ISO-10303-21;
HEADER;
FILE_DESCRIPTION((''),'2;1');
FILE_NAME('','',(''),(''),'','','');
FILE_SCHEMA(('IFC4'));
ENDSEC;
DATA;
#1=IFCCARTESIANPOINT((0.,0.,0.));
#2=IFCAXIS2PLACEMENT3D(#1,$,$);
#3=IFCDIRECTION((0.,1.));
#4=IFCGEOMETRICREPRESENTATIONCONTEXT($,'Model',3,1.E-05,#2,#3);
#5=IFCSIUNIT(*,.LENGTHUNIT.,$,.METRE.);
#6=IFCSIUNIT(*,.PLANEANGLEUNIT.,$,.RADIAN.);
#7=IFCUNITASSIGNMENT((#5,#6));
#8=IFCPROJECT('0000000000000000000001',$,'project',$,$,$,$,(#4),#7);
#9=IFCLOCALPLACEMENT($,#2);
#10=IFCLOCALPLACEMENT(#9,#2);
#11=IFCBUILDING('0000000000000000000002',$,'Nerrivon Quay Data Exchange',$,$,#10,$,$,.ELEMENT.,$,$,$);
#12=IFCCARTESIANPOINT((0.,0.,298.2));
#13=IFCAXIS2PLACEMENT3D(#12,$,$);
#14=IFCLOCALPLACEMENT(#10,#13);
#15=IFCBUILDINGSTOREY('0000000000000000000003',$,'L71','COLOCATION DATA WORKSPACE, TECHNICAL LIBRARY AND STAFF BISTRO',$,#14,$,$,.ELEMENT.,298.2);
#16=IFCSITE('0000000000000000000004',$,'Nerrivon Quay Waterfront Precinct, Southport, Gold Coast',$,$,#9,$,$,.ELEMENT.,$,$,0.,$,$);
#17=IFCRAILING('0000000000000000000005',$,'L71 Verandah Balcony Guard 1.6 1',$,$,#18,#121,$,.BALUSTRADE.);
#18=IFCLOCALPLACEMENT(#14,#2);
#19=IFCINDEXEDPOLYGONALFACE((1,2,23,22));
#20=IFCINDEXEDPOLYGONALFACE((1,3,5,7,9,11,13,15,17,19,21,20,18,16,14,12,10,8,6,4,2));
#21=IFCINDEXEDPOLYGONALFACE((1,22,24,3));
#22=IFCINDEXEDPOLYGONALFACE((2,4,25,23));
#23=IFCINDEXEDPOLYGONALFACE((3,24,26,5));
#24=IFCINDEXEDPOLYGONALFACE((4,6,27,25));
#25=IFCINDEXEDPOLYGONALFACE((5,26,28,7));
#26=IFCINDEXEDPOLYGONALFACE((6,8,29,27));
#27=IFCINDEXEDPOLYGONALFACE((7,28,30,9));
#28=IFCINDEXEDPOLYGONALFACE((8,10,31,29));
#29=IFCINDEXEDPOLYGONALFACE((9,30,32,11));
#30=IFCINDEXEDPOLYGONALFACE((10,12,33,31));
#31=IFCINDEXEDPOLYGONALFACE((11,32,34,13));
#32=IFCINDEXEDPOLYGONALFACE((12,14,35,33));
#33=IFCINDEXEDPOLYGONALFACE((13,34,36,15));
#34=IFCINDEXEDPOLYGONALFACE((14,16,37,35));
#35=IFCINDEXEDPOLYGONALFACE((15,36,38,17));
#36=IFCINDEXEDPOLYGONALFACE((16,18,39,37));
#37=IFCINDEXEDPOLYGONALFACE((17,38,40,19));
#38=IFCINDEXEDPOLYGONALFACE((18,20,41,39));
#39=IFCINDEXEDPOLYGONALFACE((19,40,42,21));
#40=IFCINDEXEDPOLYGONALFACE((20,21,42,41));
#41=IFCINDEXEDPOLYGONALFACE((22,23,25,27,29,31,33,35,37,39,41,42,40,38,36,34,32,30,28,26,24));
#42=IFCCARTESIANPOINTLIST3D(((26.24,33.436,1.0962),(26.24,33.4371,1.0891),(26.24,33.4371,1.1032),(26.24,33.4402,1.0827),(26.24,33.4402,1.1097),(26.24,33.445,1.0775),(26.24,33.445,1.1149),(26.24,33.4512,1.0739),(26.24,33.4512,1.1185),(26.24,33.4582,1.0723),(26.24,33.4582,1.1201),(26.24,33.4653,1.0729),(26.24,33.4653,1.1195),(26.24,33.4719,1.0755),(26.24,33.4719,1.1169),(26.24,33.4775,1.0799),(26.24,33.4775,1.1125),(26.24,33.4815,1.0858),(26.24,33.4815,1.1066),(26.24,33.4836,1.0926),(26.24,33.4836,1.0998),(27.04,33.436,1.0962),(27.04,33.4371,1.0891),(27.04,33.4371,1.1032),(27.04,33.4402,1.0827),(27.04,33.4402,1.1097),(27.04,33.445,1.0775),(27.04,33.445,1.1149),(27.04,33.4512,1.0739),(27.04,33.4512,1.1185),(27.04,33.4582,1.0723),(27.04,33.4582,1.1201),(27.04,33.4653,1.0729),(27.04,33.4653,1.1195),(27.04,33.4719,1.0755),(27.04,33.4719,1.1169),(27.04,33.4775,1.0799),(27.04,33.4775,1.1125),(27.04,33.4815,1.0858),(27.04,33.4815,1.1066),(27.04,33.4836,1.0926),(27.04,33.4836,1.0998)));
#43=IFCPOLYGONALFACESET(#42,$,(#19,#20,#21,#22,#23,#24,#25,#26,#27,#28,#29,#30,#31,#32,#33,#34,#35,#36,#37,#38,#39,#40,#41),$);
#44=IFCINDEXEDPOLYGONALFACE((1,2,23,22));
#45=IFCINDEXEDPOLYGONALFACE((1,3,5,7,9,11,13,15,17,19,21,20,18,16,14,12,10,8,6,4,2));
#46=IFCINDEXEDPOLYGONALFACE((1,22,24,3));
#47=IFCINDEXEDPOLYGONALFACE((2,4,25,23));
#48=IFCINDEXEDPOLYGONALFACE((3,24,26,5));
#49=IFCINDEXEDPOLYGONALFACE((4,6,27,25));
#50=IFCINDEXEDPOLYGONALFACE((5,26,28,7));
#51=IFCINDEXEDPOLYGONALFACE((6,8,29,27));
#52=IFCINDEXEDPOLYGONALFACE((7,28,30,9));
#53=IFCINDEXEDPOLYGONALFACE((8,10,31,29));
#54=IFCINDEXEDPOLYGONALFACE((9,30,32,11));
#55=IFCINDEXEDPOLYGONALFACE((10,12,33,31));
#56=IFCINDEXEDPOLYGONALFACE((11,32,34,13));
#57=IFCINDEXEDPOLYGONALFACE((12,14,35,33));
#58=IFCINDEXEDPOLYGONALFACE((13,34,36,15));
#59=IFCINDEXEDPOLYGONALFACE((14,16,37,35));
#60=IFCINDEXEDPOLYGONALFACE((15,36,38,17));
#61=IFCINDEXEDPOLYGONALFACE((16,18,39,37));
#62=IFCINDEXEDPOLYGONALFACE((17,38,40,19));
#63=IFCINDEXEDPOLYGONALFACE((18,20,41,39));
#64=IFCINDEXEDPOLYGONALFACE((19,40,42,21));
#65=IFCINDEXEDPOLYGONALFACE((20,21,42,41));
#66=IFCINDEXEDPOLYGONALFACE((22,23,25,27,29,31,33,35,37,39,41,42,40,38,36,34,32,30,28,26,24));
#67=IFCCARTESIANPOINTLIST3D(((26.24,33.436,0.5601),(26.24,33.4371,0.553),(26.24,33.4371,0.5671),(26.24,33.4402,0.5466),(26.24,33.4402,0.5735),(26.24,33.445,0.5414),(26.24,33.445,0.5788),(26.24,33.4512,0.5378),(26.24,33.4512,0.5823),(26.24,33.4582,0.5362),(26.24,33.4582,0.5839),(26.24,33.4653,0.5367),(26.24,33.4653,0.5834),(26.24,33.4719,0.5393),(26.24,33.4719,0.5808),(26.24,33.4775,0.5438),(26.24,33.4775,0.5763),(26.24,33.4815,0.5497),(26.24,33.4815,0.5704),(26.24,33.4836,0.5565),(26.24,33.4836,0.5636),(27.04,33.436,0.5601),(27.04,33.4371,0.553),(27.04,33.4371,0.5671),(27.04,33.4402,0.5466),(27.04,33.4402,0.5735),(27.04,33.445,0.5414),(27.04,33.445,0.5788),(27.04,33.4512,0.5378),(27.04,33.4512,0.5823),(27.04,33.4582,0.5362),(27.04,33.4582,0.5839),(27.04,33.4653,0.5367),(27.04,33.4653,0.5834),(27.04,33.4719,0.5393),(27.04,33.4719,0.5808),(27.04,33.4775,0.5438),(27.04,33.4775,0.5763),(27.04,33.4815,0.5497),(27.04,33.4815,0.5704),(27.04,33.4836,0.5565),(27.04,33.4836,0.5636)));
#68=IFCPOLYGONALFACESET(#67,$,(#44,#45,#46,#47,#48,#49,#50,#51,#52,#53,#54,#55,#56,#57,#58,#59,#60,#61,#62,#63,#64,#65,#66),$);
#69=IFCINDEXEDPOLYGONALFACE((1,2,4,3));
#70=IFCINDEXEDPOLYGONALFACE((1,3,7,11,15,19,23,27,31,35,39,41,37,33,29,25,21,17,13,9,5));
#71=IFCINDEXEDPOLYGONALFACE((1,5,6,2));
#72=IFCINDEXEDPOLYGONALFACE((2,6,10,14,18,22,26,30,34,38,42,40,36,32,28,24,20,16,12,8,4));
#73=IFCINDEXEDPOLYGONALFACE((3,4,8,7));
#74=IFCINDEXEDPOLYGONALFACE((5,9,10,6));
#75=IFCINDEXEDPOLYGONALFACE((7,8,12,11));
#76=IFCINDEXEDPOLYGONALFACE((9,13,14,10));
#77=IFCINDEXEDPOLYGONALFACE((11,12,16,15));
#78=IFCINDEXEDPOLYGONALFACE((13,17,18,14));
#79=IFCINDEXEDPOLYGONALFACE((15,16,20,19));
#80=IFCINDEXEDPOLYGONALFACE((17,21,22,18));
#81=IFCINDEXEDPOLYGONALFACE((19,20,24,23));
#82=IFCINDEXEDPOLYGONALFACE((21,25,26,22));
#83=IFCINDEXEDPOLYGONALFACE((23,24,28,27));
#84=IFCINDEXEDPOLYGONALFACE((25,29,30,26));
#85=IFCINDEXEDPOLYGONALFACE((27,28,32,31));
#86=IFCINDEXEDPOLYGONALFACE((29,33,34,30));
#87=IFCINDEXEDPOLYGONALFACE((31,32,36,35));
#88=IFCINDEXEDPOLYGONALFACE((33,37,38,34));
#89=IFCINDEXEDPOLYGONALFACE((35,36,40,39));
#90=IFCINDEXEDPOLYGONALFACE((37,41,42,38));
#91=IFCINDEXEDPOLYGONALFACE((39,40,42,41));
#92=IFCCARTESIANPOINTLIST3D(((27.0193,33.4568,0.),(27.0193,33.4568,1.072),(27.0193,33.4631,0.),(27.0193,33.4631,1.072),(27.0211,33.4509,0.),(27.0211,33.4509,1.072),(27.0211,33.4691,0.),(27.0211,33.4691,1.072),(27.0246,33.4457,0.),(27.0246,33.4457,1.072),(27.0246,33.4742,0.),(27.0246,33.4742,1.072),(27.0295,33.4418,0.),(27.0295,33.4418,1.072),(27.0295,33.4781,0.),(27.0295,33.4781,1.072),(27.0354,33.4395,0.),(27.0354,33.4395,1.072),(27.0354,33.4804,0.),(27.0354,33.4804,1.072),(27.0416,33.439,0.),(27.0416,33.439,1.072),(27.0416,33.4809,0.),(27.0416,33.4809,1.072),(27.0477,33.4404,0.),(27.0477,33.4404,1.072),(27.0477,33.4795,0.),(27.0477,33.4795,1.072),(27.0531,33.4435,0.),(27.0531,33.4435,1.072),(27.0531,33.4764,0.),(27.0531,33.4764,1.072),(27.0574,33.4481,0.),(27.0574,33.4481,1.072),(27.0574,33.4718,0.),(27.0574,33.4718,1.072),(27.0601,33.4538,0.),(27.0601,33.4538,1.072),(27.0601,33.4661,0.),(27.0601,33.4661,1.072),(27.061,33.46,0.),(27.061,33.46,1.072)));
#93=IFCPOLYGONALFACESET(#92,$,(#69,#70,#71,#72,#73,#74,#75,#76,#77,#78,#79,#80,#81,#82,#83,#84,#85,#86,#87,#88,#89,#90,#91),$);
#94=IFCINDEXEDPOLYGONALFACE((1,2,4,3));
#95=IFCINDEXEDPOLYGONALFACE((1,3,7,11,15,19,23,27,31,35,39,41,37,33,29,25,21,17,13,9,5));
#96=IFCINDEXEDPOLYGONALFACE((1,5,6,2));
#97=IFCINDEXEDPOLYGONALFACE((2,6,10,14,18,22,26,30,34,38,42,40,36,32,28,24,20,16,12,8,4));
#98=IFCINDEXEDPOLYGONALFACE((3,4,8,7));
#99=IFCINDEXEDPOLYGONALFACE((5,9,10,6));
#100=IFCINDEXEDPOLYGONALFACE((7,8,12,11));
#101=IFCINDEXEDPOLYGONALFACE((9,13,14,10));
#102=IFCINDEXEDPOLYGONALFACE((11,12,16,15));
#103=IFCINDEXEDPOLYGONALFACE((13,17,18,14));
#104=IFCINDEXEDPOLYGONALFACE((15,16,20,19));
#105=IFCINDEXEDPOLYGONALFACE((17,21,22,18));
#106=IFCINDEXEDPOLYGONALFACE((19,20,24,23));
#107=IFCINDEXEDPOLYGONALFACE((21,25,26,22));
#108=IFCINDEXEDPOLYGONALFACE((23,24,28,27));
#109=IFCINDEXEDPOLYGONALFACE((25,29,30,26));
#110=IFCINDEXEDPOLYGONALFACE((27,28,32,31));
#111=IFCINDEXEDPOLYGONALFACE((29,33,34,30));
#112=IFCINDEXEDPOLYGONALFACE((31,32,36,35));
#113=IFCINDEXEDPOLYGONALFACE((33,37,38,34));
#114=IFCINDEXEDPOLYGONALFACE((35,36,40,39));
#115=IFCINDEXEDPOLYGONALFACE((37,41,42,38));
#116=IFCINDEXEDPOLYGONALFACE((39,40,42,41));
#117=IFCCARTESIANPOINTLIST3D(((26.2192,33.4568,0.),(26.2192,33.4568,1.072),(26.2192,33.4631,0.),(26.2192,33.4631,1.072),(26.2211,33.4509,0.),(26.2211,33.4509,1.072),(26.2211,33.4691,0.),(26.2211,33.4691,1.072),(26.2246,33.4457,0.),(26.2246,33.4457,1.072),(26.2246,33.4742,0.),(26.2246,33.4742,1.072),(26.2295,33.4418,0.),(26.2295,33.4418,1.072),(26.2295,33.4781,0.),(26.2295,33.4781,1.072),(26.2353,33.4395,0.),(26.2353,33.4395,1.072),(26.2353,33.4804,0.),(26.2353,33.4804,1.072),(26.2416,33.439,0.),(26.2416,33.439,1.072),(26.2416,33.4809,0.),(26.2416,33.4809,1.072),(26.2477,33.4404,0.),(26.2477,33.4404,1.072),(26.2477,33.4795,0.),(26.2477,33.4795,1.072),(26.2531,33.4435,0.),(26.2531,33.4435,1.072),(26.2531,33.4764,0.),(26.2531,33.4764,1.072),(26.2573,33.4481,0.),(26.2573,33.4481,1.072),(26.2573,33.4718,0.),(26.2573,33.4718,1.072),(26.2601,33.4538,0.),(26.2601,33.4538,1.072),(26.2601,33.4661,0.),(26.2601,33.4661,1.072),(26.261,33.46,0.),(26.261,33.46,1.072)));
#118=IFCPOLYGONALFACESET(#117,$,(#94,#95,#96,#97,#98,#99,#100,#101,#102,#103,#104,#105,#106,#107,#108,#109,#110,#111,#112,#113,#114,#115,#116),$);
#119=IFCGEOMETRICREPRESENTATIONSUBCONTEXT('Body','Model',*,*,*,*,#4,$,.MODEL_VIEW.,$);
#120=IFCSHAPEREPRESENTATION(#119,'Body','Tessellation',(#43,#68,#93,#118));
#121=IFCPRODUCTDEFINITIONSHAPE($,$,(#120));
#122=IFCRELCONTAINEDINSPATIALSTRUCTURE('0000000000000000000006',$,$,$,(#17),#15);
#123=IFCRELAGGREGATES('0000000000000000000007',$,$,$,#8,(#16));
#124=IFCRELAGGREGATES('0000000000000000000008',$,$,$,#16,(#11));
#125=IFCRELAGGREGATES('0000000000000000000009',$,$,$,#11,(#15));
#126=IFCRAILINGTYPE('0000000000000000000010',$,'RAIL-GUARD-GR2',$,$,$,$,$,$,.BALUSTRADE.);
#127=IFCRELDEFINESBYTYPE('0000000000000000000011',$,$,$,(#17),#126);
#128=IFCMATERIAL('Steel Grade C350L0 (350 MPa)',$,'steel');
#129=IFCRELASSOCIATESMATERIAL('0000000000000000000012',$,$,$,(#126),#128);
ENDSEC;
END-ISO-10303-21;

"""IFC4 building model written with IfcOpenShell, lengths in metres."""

from ifc_helpers import new_model, si_unit, direction, frame, origin, origin_2d, place, context, subcontext, project, spatial, circle, extrude, material, type_object, element, save


model = new_model("IFC4")

# Units and contexts
model_context = context("Model", 3, precision=1e-05, world=origin(), true_north=direction((0.0, 1.0)))
body_context = subcontext(model_context, "Body", "Model", "MODEL_VIEW")
ifc_project = project(units=[si_unit("LENGTHUNIT", "METRE"), si_unit("PLANEANGLEUNIT", "RADIAN")], contexts=[model_context])

# Site, building, storey
site_placement = place(None, origin())
site = spatial("IfcSite", under=ifc_project, at=site_placement, Name="Nerrivon Quay Waterfront Precinct, Southport, Gold Coast", CompositionType="ELEMENT", RefElevation=0.0)
building_placement = place(site_placement, origin())
building = spatial("IfcBuilding", under=site, at=building_placement, Name="Nerrivon Quay Data Exchange", CompositionType="ELEMENT")
storey_placement = place(building_placement, frame((0.0, 0.0, 298.2)))
storey = spatial("IfcBuildingStorey", under=building, at=storey_placement, Name="L71", Description="COLOCATION DATA WORKSPACE, TECHNICAL LIBRARY AND STAFF BISTRO", CompositionType="ELEMENT", Elevation=298.2)

# Railing
ifc_material_1 = material(Name="Steel Grade C350L0 (350 MPa)", Category="steel")
railing_type = type_object("IfcRailingType", Name="RAIL-GUARD-GR2", PredefinedType="BALUSTRADE", material=ifc_material_1)
railing_1_placement = place(storey_placement, frame((27.04, 33.46, 0.0)))
element("IfcRailing", 1, at=railing_1_placement, inside=storey, type_object=railing_type, Name="L71 Verandah Balcony Guard 1.6 1", PredefinedType="BALUSTRADE", context=body_context, shape_type="SweptSolid", body=[
    extrude(circle(Radius=0.0239, at=origin_2d()), frame((0.0, 0.0, 1.0962), z_axis=(-1.0, 0.0, 0.0), x_axis=(0.0, -1.0, 0.0)), (0.0, 0.0, 1.0), 0.8),
    extrude(circle(Radius=0.0239, at=origin_2d()), frame((0.0, 0.0, 0.5601), z_axis=(-1.0, 0.0, 0.0), x_axis=(0.0, -1.0, 0.0)), (0.0, 0.0, 1.0), 0.8),
    extrude(circle(Radius=0.021, at=origin_2d()), origin(), (0.0, 0.0, 1.0), 1.072),
    extrude(circle(Radius=0.021, at=origin_2d()), frame((-0.8, 0.0, 0.0)), (0.0, 0.0, 1.0), 1.072),
])

save(model, "model.ifc")
